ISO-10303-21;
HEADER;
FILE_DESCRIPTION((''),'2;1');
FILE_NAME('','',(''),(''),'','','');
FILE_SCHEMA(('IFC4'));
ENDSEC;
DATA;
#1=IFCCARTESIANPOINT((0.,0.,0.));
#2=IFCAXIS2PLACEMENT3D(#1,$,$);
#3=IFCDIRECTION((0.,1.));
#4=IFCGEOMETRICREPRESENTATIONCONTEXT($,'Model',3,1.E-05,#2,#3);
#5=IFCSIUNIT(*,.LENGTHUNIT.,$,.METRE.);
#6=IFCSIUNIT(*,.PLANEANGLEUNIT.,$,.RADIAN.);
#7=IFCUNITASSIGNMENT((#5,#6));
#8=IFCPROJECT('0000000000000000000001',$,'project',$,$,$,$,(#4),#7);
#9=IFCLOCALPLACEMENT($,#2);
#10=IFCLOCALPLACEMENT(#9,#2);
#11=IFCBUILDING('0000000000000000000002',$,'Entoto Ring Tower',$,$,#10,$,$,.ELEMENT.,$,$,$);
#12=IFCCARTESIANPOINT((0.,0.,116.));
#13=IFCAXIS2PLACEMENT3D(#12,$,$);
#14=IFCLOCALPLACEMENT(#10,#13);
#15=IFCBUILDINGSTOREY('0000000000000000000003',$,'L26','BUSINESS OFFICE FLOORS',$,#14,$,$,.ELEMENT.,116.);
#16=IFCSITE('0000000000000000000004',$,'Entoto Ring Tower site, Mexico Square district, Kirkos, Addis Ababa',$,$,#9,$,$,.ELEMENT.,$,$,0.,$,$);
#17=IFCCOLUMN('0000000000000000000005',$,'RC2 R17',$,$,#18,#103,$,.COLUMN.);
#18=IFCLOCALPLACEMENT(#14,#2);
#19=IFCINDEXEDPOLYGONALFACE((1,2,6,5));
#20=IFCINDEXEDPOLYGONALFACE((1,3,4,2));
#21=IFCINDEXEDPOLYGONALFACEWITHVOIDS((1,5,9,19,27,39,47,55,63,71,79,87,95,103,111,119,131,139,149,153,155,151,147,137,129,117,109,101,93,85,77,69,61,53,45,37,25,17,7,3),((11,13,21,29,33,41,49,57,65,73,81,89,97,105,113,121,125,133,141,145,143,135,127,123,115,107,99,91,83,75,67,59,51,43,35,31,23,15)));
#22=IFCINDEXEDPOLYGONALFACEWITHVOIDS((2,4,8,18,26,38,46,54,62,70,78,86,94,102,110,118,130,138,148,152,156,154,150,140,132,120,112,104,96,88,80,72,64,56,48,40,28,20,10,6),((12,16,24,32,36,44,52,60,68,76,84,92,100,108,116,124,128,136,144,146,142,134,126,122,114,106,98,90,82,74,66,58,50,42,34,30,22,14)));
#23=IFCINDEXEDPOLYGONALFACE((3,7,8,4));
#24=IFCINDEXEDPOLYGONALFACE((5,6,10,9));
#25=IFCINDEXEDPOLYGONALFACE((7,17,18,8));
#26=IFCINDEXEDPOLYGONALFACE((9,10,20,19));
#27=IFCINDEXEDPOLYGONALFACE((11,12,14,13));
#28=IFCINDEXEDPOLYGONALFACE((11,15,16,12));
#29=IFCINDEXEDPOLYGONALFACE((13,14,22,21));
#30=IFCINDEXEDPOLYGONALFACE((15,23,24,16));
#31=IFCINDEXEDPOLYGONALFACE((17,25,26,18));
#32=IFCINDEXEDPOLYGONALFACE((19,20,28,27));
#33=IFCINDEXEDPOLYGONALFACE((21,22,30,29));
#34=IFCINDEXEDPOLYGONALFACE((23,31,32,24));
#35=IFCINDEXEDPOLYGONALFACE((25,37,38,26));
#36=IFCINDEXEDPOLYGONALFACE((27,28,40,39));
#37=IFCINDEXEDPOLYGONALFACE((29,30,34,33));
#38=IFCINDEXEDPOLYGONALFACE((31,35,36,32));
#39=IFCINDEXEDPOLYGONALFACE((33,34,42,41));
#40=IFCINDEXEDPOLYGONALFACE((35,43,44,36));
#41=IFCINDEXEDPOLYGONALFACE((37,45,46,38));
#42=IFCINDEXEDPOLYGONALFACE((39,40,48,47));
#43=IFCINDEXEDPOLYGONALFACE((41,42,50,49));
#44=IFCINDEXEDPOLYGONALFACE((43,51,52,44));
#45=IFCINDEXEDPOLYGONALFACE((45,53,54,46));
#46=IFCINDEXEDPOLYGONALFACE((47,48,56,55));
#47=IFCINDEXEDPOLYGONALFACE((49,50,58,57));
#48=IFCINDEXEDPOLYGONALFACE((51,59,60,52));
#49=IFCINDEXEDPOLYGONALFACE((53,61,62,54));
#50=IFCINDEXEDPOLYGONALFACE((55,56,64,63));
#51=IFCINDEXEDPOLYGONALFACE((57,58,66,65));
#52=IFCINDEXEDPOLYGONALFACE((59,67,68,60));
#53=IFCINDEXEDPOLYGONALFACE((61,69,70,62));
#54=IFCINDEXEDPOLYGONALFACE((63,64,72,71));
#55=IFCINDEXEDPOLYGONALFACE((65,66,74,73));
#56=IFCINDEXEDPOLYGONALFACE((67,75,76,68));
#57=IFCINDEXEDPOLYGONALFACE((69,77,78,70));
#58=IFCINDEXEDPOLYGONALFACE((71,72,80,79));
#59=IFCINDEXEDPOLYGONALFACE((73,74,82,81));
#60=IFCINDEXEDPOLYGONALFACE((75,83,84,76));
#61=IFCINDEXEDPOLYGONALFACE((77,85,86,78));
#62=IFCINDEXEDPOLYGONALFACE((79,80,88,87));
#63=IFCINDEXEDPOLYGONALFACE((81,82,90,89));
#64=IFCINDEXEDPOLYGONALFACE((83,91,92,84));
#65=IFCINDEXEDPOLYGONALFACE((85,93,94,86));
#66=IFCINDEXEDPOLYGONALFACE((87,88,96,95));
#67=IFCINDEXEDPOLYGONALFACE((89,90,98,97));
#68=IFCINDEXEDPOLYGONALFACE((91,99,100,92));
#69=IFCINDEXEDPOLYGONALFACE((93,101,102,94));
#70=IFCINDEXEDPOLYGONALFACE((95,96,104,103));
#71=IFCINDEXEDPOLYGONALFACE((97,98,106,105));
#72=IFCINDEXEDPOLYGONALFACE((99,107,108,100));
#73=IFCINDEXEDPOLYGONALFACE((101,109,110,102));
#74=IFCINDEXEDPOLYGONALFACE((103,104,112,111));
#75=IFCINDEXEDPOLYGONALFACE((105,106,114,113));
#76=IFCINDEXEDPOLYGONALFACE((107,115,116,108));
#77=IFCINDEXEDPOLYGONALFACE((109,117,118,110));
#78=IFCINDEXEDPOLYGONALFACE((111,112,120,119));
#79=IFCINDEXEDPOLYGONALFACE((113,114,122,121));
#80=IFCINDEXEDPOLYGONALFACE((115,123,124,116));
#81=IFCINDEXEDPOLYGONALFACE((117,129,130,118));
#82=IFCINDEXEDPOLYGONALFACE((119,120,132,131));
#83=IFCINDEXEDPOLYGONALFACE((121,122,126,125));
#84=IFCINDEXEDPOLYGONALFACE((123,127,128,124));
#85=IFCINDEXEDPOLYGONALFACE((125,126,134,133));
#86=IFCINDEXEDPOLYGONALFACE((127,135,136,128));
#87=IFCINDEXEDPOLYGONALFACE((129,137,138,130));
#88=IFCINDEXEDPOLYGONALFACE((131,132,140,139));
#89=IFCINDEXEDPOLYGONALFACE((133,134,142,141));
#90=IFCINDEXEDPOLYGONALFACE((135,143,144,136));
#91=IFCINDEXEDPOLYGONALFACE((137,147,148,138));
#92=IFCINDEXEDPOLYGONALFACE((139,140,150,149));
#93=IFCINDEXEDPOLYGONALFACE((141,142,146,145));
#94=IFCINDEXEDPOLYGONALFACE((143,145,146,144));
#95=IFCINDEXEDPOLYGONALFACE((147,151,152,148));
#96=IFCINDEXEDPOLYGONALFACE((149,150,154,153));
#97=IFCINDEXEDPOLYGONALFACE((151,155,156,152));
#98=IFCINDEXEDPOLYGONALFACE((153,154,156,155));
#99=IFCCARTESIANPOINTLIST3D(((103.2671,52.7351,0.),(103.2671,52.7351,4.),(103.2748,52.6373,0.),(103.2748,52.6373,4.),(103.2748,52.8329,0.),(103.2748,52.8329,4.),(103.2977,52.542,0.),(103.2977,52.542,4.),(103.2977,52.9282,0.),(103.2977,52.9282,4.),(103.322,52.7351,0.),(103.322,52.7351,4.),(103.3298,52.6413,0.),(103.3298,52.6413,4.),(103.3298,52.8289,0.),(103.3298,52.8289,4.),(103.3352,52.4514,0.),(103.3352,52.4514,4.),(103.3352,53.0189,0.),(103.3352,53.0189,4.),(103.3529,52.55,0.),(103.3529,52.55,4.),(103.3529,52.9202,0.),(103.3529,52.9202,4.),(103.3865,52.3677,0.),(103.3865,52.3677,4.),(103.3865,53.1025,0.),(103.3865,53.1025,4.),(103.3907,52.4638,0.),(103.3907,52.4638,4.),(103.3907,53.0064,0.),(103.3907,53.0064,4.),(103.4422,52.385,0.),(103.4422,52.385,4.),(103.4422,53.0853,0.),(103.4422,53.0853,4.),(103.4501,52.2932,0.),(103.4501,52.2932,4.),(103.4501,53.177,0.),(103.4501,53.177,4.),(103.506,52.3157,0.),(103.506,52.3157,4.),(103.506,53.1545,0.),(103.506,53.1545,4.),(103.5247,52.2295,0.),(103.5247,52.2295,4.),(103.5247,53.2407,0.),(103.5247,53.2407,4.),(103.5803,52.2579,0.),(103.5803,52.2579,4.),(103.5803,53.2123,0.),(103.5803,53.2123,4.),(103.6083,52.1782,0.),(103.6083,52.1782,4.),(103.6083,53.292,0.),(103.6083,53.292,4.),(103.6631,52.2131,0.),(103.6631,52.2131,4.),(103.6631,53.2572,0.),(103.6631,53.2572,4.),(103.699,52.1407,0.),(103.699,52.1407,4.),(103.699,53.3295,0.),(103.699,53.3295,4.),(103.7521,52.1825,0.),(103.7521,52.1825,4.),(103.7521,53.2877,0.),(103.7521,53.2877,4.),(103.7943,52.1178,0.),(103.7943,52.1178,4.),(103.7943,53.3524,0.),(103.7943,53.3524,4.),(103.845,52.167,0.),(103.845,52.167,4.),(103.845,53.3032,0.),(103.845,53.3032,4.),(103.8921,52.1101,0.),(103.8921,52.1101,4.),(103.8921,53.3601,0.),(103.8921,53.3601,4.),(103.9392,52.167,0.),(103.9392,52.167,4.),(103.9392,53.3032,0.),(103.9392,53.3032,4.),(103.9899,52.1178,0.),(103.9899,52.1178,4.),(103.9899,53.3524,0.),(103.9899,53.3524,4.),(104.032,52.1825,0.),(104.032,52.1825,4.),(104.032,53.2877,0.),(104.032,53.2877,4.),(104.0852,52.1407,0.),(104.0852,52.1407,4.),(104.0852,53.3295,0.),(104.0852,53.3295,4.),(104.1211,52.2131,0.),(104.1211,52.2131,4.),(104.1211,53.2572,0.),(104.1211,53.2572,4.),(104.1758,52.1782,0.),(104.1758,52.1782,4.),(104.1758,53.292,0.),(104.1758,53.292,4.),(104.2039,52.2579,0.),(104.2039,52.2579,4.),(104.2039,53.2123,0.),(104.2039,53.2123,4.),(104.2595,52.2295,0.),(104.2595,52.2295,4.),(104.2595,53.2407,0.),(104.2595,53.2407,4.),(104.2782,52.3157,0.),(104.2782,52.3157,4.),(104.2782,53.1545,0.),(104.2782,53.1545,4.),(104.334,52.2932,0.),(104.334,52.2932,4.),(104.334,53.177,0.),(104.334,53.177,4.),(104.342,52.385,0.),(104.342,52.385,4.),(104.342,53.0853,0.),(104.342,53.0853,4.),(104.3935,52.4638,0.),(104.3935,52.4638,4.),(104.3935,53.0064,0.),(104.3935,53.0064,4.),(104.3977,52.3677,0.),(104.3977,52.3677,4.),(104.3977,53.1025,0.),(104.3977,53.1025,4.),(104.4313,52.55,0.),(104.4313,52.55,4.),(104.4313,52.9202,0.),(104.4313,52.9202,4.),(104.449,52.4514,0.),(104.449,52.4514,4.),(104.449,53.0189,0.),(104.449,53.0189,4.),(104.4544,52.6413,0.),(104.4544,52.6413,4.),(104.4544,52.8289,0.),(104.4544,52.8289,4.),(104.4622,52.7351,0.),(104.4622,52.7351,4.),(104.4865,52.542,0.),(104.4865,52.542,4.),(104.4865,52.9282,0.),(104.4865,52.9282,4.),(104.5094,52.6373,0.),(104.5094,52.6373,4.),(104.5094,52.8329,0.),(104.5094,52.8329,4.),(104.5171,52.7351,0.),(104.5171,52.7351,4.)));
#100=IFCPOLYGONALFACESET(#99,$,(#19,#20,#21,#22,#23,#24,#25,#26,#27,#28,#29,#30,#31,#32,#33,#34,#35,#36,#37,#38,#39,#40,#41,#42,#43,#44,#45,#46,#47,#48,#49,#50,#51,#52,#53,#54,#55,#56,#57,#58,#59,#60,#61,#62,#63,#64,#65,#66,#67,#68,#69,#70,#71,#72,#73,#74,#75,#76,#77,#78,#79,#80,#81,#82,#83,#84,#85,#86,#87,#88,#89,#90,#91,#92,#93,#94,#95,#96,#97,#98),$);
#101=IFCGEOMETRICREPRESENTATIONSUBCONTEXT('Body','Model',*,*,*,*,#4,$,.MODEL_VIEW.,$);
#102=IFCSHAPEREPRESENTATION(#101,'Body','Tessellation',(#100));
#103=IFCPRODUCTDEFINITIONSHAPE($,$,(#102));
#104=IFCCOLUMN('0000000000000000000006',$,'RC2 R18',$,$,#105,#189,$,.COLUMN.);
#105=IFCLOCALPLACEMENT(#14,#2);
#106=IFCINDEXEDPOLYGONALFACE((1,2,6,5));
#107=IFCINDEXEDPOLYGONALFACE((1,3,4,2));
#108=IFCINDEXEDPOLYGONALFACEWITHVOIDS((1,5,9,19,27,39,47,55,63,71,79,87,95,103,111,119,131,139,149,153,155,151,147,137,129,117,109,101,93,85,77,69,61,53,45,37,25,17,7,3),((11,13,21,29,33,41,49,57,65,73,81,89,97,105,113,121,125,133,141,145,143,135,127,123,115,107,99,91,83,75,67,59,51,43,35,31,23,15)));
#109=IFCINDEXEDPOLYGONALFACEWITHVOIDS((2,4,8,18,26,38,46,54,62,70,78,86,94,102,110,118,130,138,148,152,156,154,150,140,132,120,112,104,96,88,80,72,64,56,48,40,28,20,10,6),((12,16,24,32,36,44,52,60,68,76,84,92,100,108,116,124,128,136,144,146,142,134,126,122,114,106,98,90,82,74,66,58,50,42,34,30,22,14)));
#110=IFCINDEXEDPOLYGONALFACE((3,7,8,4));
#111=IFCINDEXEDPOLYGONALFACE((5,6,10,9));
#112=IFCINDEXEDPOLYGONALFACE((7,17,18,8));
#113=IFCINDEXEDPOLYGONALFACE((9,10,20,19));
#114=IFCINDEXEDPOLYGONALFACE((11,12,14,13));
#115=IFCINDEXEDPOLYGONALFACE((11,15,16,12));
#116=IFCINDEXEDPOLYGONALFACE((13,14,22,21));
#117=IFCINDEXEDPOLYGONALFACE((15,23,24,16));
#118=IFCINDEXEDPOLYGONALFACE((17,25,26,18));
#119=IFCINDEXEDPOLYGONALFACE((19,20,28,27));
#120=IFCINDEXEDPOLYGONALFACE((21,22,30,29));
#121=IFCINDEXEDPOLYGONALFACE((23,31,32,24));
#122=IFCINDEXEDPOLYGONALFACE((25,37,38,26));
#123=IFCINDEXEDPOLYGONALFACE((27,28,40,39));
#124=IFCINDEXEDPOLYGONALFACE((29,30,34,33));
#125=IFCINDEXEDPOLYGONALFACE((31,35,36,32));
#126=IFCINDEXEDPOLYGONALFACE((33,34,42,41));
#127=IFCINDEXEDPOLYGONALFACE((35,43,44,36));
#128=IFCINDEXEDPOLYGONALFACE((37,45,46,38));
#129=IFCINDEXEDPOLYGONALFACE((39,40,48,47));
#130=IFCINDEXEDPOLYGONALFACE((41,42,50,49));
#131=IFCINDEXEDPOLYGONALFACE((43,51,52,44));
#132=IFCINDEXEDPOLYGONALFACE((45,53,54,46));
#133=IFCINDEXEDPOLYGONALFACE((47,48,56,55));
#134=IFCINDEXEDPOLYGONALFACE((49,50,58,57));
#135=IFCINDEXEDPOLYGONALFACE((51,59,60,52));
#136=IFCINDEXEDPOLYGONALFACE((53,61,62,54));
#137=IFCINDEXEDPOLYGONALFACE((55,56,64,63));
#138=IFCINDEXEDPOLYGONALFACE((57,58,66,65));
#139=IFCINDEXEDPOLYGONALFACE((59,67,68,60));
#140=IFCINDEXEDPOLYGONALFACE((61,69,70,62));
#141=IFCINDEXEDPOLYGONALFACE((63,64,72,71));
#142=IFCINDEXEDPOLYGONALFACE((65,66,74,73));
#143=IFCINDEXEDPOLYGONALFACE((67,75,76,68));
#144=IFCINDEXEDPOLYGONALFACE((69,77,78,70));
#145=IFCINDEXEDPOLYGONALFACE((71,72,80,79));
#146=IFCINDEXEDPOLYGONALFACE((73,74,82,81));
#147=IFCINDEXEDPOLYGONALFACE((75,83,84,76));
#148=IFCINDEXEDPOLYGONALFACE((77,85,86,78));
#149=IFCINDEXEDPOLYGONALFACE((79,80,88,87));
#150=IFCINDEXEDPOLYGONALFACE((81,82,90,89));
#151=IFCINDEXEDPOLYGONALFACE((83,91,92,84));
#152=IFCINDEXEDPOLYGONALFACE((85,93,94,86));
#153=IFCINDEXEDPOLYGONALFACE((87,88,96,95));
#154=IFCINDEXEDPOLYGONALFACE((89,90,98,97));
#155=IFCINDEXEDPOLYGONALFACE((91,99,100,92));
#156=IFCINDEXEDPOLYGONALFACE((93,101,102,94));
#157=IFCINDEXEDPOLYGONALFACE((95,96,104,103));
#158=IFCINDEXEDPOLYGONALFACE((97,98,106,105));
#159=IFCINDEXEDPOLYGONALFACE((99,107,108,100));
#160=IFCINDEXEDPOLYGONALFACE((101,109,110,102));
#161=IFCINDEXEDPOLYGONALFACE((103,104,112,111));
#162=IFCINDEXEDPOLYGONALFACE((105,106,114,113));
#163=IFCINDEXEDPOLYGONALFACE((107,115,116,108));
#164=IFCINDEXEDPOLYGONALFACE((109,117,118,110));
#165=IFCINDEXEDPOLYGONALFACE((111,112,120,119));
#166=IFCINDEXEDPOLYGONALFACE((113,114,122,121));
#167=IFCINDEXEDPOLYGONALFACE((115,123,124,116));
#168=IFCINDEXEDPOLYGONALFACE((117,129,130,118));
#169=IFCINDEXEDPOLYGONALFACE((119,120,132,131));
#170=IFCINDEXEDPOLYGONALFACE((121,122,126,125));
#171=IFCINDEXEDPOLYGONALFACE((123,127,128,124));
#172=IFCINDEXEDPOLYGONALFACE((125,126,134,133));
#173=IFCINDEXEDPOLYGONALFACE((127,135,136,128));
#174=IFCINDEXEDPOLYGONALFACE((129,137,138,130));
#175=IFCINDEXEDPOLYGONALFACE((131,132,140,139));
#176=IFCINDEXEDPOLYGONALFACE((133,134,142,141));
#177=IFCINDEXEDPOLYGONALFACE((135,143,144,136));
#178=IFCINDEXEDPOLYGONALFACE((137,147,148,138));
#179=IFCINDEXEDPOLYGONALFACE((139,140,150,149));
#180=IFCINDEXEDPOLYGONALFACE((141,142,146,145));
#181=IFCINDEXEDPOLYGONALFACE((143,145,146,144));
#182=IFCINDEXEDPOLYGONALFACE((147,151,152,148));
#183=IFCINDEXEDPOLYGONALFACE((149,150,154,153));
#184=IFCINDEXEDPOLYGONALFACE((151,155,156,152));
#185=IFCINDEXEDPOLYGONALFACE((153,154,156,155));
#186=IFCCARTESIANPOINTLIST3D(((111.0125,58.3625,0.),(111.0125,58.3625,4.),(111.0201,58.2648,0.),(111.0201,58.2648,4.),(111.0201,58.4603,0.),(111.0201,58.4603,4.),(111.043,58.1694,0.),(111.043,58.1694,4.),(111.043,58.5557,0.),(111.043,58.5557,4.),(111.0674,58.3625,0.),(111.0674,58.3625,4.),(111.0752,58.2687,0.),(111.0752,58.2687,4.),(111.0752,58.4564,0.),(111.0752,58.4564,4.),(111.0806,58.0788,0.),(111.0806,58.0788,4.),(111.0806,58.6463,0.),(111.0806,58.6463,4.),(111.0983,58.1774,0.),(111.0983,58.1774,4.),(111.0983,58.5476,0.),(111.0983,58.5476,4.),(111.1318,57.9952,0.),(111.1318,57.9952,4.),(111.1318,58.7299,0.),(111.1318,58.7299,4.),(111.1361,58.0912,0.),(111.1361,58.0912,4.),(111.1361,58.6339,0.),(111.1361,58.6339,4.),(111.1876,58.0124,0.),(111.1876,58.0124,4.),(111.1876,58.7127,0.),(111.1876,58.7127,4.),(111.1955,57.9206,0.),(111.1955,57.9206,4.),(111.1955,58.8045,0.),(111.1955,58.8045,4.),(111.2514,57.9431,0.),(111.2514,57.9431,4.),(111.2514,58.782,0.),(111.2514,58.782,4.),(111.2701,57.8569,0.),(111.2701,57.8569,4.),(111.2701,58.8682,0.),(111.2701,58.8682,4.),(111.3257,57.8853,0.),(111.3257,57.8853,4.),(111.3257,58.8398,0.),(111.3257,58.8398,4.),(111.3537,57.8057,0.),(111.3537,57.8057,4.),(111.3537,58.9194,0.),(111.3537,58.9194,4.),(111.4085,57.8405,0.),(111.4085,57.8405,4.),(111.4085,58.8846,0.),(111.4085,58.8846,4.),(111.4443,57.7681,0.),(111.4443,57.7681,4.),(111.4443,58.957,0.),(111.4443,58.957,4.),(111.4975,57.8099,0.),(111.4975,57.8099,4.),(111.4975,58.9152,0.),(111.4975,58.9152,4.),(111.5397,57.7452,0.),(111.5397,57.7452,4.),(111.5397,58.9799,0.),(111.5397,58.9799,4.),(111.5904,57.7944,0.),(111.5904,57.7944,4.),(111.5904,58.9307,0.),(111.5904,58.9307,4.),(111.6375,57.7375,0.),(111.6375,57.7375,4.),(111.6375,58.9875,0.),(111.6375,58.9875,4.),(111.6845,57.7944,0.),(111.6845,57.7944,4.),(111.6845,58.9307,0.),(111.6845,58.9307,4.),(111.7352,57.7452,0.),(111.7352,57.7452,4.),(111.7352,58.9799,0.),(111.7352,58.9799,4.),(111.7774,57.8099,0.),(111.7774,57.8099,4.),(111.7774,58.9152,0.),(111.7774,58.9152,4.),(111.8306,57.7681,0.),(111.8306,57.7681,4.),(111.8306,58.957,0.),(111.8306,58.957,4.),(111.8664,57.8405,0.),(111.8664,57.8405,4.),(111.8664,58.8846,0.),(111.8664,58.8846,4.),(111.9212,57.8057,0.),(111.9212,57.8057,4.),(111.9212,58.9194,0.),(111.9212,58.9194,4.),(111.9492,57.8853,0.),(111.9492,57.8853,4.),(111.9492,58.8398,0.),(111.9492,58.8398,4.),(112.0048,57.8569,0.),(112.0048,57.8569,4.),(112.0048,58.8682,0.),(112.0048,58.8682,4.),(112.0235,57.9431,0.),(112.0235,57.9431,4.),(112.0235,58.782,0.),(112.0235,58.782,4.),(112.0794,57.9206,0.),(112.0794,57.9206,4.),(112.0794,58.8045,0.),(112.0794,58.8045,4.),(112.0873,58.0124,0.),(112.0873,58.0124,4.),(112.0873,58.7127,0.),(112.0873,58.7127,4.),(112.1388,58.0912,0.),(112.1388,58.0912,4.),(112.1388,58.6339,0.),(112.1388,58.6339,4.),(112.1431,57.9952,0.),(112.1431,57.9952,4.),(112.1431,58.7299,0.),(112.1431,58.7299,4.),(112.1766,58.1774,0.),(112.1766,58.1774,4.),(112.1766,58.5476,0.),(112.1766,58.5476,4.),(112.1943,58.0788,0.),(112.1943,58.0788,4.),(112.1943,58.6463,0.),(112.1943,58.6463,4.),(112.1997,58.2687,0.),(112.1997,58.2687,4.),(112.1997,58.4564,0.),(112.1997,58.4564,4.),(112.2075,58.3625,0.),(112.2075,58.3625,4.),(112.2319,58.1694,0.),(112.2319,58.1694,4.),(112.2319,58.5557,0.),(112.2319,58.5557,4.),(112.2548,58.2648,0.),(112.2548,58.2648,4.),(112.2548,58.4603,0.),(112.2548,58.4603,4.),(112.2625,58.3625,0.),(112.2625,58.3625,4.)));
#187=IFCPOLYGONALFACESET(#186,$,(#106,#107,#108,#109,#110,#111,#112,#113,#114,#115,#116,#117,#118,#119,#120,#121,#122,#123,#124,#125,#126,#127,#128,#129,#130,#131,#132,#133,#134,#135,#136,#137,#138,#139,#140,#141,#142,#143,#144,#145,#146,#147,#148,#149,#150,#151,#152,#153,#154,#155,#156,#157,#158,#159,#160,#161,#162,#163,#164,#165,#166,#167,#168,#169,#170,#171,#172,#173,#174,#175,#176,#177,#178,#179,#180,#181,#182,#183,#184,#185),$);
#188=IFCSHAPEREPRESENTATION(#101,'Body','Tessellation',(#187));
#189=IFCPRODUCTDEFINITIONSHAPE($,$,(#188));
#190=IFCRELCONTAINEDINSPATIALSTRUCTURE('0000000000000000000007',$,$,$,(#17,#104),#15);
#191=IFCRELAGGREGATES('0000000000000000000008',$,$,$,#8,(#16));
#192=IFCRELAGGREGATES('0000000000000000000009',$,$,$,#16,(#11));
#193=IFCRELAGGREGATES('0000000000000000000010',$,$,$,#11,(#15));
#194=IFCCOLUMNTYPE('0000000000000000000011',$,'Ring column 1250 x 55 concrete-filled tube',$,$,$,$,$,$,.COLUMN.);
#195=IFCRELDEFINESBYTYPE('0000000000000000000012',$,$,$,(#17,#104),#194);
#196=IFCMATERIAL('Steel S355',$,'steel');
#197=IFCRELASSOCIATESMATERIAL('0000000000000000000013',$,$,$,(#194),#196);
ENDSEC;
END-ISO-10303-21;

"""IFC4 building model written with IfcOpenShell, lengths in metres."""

from ifc_helpers import new_model, si_unit, direction, frame, origin, origin_2d, place, context, subcontext, project, spatial, circle, hollow_circle, extrude, material, material_profile, profile_set, type_object, element, save


model = new_model("IFC4")

# Units and contexts
model_context = context("Model", 3, precision=1e-05, world=origin(), true_north=direction((0.0, 1.0)))
body_context = subcontext(model_context, "Body", "Model", "MODEL_VIEW")
ifc_project = project(units=[si_unit("LENGTHUNIT", "METRE"), si_unit("PLANEANGLEUNIT", "RADIAN")], contexts=[model_context])

# Site, building, storey
site_placement = place(None, origin())
site = spatial("IfcSite", under=ifc_project, at=site_placement, Name="Entoto Ring Tower site, Mexico Square district, Kirkos, Addis Ababa", CompositionType="ELEMENT", RefElevation=0.0)
building_placement = place(site_placement, origin())
building = spatial("IfcBuilding", under=site, at=building_placement, Name="Entoto Ring Tower", CompositionType="ELEMENT")
storey_placement = place(building_placement, frame((0.0, 0.0, 116.0)))
storey = spatial("IfcBuildingStorey", under=building, at=storey_placement, Name="L26", Description="BUSINESS OFFICE FLOORS", CompositionType="ELEMENT", Elevation=116.0)

# Columns
ifc_material_1 = material(Name="Steel S355", Category="steel")
ifc_material_profile_1 = material_profile(ifc_material_1, hollow_circle(Radius=0.625, WallThickness=0.0549, at=origin_2d()), Name="CHS 1250 x 55")
ifc_material_2 = material(Name="Concrete C60/75", Category="concrete")
ifc_material_profile_2 = material_profile(ifc_material_2, circle(Radius=0.5701, at=origin_2d()), Name="Concrete C60/75 infill")
ifc_profile_set_1 = profile_set([ifc_material_profile_1, ifc_material_profile_2], Name="Steel S355")
column_type = type_object("IfcColumnType", Name="Ring column 1250 x 55 concrete-filled tube", PredefinedType="COLUMN", material=ifc_profile_set_1)
for number, where, z_axis, x_axis, name in (
    (1, (103.8921, 52.7351, 0.0), (0.0, 0.0, 1.0), (1.0, 0.0, 0.0), "RC2 R17"),
    (2, (111.6375, 58.3625, 0.0), (0.0, 0.0, 1.0), (1.0, 0.0, 0.0), "RC2 R18"),
):
    element("IfcColumn", number, at=place(storey_placement, frame(where, z_axis=z_axis, x_axis=x_axis)), inside=storey, type_object=column_type, Name=name, PredefinedType="COLUMN", context=body_context, shape_type="SweptSolid", body=[
        extrude(hollow_circle(Radius=0.625, WallThickness=0.0549, at=origin_2d()), origin(), (0.0, 0.0, 1.0), 4.0),
    ])

save(model, "model.ifc")
